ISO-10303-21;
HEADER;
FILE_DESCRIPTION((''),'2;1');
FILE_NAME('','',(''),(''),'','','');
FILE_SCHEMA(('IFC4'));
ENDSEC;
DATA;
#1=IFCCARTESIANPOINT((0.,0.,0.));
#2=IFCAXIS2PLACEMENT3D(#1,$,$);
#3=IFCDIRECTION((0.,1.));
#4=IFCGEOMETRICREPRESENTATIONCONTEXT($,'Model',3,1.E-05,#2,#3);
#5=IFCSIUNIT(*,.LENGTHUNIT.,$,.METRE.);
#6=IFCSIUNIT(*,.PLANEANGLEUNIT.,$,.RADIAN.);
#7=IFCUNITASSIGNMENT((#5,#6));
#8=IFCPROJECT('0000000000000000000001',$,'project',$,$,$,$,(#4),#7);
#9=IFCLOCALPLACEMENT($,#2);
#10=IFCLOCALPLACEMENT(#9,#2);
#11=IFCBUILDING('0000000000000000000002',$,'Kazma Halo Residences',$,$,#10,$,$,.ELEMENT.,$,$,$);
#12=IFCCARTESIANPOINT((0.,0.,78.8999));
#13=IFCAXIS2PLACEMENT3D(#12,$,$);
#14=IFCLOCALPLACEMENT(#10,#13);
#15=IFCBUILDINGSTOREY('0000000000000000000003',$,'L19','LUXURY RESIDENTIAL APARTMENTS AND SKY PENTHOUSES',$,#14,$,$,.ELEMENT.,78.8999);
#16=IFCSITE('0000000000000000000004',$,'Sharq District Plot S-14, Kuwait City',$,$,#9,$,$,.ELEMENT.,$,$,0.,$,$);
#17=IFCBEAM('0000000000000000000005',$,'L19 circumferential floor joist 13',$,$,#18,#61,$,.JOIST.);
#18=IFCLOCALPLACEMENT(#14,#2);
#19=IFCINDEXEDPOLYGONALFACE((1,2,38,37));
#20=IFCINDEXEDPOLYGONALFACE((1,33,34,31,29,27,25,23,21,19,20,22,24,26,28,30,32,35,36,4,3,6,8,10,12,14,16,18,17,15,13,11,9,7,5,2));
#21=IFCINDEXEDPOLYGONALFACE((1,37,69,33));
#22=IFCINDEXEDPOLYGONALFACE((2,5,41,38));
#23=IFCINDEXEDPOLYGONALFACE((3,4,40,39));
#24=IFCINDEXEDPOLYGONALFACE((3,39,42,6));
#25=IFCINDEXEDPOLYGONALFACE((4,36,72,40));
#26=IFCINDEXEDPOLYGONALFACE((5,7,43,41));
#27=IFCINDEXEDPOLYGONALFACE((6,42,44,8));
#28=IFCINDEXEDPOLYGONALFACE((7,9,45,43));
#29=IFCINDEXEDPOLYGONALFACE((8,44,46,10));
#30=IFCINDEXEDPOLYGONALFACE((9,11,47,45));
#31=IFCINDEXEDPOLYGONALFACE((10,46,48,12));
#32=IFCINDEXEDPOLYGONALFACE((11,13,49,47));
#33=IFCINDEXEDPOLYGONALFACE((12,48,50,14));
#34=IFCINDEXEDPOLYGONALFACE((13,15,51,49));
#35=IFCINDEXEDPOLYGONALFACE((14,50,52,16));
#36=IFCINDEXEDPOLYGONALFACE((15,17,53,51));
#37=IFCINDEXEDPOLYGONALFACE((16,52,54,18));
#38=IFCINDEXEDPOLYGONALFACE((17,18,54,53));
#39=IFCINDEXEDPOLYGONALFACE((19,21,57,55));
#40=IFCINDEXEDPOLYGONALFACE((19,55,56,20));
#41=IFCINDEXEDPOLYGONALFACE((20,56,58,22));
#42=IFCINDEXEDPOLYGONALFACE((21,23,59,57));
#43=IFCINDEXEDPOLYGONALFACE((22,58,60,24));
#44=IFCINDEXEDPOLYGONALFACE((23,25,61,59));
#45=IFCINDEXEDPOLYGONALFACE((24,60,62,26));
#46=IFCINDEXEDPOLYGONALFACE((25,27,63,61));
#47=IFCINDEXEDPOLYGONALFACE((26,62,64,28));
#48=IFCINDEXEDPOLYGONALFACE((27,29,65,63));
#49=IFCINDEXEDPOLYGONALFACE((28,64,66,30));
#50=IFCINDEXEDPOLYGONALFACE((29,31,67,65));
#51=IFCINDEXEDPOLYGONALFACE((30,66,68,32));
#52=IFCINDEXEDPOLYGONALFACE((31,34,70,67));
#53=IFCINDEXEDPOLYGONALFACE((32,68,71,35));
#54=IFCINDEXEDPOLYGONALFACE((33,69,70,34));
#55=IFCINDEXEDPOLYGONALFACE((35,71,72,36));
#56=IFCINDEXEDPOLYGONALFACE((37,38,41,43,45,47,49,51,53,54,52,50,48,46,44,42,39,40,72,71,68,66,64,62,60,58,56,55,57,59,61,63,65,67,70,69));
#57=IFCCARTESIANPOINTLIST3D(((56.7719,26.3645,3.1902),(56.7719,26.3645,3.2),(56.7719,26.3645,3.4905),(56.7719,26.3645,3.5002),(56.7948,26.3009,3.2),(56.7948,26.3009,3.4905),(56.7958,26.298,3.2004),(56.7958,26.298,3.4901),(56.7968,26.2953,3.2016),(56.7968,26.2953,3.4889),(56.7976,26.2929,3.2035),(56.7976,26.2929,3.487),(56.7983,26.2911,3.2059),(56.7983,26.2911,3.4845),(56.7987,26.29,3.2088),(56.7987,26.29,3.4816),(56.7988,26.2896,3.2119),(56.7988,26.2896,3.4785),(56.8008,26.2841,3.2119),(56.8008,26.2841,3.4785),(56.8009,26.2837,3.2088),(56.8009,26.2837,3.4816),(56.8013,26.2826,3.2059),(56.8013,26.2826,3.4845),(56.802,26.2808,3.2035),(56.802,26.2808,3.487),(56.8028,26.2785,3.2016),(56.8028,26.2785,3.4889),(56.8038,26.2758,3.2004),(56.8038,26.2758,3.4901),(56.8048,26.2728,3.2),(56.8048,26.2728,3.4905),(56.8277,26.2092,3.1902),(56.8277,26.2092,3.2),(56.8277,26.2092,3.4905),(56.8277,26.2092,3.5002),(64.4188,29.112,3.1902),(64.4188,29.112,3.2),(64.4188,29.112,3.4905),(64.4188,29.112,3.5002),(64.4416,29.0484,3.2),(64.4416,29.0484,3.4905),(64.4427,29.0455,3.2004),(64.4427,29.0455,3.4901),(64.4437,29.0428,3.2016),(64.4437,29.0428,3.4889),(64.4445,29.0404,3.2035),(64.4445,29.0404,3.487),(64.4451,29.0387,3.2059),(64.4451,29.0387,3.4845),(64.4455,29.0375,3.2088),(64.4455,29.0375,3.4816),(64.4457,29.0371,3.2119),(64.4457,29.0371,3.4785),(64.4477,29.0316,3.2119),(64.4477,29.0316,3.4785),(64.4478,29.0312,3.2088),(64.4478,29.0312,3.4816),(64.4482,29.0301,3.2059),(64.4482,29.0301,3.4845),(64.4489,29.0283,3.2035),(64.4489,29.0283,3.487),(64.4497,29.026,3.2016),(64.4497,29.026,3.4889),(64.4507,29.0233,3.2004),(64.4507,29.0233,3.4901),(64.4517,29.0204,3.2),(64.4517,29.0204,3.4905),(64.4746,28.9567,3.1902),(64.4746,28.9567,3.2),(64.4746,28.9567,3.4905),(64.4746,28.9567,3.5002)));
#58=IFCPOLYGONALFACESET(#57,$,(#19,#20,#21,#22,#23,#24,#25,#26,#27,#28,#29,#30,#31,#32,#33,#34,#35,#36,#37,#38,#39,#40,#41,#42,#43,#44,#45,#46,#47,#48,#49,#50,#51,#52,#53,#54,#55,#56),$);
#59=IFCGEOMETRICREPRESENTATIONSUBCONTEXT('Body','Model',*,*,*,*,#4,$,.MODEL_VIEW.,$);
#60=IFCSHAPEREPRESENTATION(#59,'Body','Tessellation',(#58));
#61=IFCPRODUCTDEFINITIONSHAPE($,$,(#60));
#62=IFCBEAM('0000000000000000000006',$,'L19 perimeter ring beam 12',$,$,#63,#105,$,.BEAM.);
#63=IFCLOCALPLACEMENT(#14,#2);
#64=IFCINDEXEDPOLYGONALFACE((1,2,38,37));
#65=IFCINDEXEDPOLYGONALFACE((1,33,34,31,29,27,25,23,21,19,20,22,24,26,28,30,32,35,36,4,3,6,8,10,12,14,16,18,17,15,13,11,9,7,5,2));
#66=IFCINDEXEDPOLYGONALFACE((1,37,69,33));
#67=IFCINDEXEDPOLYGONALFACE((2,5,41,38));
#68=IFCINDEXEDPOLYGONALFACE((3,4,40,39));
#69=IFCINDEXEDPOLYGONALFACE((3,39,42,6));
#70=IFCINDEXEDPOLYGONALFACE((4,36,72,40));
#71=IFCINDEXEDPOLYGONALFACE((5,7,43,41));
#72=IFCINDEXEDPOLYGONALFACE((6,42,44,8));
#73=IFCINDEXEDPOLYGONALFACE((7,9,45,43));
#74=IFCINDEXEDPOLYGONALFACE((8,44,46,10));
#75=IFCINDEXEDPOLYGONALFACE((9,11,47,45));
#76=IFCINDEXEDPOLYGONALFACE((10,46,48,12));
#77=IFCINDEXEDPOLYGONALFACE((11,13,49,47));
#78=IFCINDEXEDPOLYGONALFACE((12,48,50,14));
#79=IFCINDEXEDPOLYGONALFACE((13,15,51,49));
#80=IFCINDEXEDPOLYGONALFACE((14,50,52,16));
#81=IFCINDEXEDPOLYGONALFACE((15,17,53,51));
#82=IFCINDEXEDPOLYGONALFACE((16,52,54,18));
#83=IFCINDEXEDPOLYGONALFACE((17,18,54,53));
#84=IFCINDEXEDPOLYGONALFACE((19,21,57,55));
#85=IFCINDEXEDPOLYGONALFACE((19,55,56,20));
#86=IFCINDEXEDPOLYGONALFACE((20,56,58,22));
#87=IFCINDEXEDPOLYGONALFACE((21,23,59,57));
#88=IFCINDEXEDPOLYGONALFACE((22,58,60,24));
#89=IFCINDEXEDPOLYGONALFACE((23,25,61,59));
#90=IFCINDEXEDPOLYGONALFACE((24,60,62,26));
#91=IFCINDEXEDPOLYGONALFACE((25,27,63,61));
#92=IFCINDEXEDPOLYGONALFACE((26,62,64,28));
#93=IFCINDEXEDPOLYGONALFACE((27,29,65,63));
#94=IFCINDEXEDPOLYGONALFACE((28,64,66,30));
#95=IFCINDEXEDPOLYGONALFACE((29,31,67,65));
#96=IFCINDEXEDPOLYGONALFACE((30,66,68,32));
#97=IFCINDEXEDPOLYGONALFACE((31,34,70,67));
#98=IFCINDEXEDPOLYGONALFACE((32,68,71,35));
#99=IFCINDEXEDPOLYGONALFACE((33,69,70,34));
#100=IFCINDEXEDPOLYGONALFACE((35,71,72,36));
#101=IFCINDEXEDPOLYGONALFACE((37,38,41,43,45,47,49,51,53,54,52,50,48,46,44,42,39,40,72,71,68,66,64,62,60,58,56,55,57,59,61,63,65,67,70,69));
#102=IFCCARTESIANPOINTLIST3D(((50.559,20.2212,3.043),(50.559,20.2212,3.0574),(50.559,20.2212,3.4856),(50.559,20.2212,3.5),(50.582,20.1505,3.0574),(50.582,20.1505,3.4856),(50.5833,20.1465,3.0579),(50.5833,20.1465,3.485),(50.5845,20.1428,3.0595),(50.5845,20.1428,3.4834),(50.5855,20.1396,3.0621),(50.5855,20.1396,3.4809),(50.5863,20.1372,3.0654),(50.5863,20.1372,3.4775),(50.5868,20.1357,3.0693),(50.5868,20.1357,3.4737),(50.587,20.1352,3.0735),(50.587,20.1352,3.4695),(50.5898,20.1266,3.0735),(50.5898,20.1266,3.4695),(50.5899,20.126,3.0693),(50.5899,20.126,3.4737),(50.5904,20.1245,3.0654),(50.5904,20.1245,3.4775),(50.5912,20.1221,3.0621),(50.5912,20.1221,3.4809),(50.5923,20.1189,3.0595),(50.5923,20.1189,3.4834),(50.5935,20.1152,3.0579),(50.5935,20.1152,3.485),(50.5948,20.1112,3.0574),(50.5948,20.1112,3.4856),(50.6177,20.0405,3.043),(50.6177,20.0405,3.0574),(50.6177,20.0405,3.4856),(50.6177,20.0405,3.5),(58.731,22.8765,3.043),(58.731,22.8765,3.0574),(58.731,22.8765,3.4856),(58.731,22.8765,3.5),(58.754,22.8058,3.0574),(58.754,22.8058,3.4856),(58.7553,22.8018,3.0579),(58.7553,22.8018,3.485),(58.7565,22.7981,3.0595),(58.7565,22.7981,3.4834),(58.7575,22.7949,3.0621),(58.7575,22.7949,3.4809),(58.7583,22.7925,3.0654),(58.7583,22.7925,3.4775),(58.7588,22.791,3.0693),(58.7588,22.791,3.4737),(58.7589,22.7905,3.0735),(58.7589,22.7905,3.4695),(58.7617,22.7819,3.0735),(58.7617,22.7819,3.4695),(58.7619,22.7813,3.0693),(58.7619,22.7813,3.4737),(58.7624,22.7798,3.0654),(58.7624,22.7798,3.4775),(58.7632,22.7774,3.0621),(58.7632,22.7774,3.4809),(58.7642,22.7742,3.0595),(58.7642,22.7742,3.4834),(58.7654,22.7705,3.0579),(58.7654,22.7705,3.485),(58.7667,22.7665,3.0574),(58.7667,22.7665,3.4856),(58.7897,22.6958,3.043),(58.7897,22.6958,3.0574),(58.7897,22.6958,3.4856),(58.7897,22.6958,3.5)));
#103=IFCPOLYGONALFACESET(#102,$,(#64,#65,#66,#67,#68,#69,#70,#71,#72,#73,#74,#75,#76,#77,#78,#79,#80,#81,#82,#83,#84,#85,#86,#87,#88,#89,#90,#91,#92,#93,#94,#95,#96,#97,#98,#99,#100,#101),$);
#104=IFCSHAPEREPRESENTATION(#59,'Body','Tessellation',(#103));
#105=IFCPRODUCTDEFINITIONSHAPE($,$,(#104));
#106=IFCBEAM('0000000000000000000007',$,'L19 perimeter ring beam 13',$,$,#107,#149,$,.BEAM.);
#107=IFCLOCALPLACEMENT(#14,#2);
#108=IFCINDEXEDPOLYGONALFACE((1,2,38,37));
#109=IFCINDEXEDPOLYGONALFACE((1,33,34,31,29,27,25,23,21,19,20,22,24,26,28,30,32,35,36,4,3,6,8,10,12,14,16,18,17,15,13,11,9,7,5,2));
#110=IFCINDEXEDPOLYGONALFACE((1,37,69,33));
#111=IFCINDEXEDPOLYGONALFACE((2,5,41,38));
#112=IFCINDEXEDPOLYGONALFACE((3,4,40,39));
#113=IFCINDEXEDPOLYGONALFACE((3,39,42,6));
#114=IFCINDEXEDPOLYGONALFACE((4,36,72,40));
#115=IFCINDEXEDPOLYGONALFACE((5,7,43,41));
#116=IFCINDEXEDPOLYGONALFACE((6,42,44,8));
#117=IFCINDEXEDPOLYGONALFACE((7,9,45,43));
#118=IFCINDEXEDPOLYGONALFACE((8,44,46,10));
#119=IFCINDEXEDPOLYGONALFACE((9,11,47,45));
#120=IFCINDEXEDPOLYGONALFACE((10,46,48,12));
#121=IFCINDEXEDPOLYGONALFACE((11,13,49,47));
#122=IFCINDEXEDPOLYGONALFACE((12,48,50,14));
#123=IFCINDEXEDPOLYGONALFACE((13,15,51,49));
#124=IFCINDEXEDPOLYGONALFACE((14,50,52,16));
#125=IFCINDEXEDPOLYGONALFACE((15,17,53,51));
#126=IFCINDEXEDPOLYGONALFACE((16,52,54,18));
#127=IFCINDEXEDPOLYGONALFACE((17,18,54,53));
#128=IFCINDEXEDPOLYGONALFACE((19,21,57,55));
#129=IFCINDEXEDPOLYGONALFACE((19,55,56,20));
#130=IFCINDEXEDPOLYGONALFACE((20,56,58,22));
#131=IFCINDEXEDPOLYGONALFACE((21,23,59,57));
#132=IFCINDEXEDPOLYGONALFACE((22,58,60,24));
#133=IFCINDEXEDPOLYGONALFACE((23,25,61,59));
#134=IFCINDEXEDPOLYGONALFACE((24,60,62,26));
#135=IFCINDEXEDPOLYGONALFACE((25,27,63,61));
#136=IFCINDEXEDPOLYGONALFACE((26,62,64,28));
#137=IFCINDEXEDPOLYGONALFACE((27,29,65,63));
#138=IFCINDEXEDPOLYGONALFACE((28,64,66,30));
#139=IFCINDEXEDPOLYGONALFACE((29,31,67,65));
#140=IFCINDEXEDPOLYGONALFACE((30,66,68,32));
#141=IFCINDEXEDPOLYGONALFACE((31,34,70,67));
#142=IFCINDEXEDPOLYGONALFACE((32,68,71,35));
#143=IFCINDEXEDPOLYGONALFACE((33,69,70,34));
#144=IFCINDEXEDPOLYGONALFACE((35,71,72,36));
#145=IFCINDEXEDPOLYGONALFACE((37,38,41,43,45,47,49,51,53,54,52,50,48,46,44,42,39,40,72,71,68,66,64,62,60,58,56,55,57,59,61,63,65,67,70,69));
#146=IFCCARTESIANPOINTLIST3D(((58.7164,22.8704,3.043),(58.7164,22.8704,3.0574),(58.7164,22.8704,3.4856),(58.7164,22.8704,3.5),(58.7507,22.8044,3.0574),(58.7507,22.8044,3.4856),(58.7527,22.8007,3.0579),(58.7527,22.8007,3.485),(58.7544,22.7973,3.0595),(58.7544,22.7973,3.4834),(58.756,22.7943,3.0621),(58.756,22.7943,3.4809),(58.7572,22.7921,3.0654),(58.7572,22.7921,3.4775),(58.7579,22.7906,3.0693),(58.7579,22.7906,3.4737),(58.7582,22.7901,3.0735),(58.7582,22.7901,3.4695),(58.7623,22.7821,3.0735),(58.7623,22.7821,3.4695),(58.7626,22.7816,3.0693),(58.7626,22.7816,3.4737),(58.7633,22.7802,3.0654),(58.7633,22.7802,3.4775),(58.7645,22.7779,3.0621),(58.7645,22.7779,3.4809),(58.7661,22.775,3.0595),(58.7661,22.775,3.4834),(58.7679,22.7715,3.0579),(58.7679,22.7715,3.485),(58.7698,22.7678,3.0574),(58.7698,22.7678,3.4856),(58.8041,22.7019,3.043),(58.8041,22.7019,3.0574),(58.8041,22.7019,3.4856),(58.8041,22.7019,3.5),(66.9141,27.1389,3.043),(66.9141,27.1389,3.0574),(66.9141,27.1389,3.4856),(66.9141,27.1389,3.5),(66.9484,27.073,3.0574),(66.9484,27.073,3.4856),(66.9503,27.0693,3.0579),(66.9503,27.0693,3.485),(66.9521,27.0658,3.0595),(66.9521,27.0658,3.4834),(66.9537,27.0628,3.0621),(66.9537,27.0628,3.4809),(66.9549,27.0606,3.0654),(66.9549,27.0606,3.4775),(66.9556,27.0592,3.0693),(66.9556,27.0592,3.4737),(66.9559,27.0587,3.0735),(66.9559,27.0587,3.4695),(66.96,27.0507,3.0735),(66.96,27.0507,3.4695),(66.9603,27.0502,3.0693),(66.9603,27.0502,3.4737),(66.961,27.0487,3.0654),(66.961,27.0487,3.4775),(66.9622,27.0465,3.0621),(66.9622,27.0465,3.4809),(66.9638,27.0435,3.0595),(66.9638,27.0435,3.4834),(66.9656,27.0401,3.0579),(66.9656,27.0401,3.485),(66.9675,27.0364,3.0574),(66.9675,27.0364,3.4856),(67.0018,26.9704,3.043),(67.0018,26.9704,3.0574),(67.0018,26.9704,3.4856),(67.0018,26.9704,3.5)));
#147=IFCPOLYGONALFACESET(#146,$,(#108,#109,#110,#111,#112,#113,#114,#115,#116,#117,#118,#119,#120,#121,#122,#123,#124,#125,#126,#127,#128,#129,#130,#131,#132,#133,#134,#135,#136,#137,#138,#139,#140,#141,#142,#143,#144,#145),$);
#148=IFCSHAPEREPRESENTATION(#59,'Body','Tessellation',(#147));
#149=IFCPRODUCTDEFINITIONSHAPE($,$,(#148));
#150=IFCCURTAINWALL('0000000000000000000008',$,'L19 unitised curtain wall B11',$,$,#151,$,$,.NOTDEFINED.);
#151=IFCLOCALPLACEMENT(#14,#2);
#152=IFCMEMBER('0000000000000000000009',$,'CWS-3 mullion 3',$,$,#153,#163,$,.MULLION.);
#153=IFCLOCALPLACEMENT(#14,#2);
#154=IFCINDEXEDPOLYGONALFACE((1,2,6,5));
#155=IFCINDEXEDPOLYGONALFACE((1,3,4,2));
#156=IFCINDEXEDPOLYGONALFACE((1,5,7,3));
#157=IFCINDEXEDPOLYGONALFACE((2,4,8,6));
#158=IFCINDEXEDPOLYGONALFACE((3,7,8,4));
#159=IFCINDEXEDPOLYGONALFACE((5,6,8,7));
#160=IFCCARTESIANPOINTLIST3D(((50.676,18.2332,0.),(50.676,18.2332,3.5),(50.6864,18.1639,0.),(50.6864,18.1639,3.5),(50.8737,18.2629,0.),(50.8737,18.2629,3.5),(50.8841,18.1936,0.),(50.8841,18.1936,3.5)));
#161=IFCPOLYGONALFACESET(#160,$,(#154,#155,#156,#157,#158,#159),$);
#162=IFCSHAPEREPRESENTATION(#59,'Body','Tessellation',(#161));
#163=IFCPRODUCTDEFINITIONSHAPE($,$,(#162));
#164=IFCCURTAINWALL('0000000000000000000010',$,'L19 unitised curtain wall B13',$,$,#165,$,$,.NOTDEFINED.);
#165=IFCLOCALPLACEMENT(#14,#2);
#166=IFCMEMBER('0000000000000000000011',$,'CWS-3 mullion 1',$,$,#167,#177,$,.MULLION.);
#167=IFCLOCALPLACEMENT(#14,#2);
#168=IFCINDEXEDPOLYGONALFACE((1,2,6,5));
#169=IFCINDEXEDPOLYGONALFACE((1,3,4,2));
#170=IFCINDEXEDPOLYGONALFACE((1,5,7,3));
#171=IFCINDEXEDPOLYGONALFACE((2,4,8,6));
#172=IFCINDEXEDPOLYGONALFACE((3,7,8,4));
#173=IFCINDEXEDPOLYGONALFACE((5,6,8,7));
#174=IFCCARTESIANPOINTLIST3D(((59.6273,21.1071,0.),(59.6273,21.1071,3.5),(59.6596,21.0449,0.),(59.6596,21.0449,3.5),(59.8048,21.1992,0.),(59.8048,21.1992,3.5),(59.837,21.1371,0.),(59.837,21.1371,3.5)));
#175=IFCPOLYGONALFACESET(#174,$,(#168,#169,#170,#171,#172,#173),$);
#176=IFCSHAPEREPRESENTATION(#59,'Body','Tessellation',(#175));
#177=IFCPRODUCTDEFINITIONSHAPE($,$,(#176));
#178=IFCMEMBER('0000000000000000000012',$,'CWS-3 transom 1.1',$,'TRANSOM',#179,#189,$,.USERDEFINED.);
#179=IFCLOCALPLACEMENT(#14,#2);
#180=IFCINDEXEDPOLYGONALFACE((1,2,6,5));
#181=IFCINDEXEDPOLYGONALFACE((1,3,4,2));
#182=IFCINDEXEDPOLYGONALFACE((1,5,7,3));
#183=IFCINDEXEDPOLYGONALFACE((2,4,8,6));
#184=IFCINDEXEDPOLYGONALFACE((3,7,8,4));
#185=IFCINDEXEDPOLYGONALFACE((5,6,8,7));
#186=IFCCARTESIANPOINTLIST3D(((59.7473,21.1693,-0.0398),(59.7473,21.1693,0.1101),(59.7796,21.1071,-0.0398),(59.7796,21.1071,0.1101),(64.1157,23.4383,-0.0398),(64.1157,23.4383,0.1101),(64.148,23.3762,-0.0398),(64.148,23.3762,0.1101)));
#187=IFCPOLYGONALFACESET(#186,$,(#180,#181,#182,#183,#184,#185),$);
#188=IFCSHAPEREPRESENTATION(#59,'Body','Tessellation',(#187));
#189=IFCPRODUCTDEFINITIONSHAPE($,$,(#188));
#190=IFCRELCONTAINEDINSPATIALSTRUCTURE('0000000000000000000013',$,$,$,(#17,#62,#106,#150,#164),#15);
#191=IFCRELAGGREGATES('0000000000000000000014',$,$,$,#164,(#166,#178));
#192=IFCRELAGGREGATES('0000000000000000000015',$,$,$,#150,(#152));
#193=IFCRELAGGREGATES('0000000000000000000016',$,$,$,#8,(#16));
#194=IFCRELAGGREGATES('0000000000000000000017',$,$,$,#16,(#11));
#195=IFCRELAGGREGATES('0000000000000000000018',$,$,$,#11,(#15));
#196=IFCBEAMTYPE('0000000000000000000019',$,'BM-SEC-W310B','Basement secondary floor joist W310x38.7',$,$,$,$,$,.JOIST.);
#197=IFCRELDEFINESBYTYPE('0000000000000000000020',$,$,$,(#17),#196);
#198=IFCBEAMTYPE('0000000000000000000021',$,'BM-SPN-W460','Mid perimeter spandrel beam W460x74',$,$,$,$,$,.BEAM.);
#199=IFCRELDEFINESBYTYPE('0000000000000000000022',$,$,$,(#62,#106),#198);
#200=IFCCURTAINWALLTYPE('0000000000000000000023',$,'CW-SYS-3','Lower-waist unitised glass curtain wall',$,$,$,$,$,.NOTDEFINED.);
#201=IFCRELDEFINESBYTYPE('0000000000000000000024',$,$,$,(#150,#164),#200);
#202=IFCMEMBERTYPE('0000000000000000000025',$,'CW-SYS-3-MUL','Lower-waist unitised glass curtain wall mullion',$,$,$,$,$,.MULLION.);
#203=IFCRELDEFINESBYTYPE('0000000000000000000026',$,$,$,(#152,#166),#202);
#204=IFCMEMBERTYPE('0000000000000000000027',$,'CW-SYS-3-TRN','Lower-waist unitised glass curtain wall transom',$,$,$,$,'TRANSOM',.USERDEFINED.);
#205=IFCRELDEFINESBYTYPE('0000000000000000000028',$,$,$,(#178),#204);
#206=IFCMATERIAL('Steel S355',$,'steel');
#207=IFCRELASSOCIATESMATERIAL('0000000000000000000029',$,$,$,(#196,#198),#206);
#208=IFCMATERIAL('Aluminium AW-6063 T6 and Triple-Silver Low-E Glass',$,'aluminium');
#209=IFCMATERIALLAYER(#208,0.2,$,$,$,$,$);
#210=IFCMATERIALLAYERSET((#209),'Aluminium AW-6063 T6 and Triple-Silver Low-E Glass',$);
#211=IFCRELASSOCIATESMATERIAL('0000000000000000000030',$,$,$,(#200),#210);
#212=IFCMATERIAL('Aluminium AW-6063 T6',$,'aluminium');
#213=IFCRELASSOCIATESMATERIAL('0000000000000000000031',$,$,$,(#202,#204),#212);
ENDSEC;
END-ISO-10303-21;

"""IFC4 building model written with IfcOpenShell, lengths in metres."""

from ifc_helpers import new_model, si_unit, direction, frame, origin, origin_2d, place, context, subcontext, project, spatial, rectangle, i_section, extrude, material, layer, layer_set, material_profile, profile_set, type_object, element, aggregate, save


model = new_model("IFC4")

# Units and contexts
model_context = context("Model", 3, precision=1e-05, world=origin(), true_north=direction((0.0, 1.0)))
body_context = subcontext(model_context, "Body", "Model", "MODEL_VIEW")
ifc_project = project(units=[si_unit("LENGTHUNIT", "METRE"), si_unit("PLANEANGLEUNIT", "RADIAN")], contexts=[model_context])

# Site, building, storey
site_placement = place(None, origin())
site = spatial("IfcSite", under=ifc_project, at=site_placement, Name="Sharq District Plot S-14, Kuwait City", CompositionType="ELEMENT", RefElevation=0.0)
building_placement = place(site_placement, origin())
building = spatial("IfcBuilding", under=site, at=building_placement, Name="Kazma Halo Residences", CompositionType="ELEMENT")
storey_placement = place(building_placement, frame((0.0, 0.0, 78.8999)))
storey = spatial("IfcBuildingStorey", under=building, at=storey_placement, Name="L19", Description="LUXURY RESIDENTIAL APARTMENTS AND SKY PENTHOUSES", CompositionType="ELEMENT", Elevation=78.8999)

# Beams
ifc_material_1 = material(Name="Steel S355", Category="steel")
ifc_material_profile_1 = material_profile(ifc_material_1, i_section(OverallWidth=0.165, OverallDepth=0.3101, WebThickness=0.0059, FlangeThickness=0.0098, FilletRadius=0.012, at=origin_2d()), Name="W310x38.7")
ifc_profile_set_1 = profile_set([ifc_material_profile_1], Name="Steel S355")
beam_type_1 = type_object("IfcBeamType", Name="BM-SEC-W310B", Description="Basement secondary floor joist W310x38.7", PredefinedType="JOIST", material=ifc_profile_set_1)
beam_1_placement = place(storey_placement, frame((56.7998, 26.2869, 3.3452), z_axis=(0.941097, 0.338136, 0.0), x_axis=(-0.338136, 0.941097, 0.0)))
element("IfcBeam", 1, at=beam_1_placement, inside=storey, type_object=beam_type_1, Name="L19 circumferential floor joist 13", PredefinedType="JOIST", context=body_context, shape_type="SweptSolid", body=[
    extrude(i_section(OverallWidth=0.165, OverallDepth=0.3101, WebThickness=0.0059, FlangeThickness=0.0098, FilletRadius=0.012, at=origin_2d()), origin(), (0.0, 0.0, 1.0), 8.1255),
])
ifc_material_profile_2 = material_profile(ifc_material_1, i_section(OverallWidth=0.1899, OverallDepth=0.457, WebThickness=0.009, FlangeThickness=0.0144, FilletRadius=0.0161, at=origin_2d()), Name="W460x74")
ifc_profile_set_2 = profile_set([ifc_material_profile_2], Name="Steel S355")
beam_type_2 = type_object("IfcBeamType", Name="BM-SPN-W460", Description="Mid perimeter spandrel beam W460x74", PredefinedType="BEAM", material=ifc_profile_set_2)
beam_2_placement = place(storey_placement, frame((50.5884, 20.1309, 3.2715), z_axis=(0.951054, 0.309024, 0.0), x_axis=(-0.309024, 0.951054, 0.0)))
element("IfcBeam", 2, at=beam_2_placement, inside=storey, type_object=beam_type_2, Name="L19 perimeter ring beam 12", PredefinedType="BEAM", context=body_context, shape_type="SweptSolid", body=[
    extrude(i_section(OverallWidth=0.1899, OverallDepth=0.457, WebThickness=0.009, FlangeThickness=0.0144, FilletRadius=0.0161, at=origin_2d()), origin(), (0.0, 0.0, 1.0), 8.5925),
])
beam_3_placement = place(storey_placement, frame((58.7603, 22.7861, 3.2715), z_axis=(0.886963, 0.46184, 0.0), x_axis=(-0.46184, 0.886963, 0.0)))
element("IfcBeam", 3, at=beam_3_placement, inside=storey, type_object=beam_type_2, Name="L19 perimeter ring beam 13", PredefinedType="BEAM", context=body_context, shape_type="SweptSolid", body=[
    extrude(i_section(OverallWidth=0.1899, OverallDepth=0.457, WebThickness=0.009, FlangeThickness=0.0144, FilletRadius=0.0161, at=origin_2d()), origin(), (0.0, 0.0, 1.0), 9.2424),
])

# Curtain wall, member
ifc_material_2 = material(Name="Aluminium AW-6063 T6 and Triple-Silver Low-E Glass", Category="aluminium")
ifc_layer_1 = layer(ifc_material_2, 0.2)
ifc_layer_set_1 = layer_set([ifc_layer_1], Name="Aluminium AW-6063 T6 and Triple-Silver Low-E Glass")
curtain_wall_type = type_object("IfcCurtainWallType", Name="CW-SYS-3", Description="Lower-waist unitised glass curtain wall", PredefinedType="NOTDEFINED", material=ifc_layer_set_1)
curtain_wall_1_placement = place(storey_placement, origin())
curtain_wall_1 = element("IfcCurtainWall", 4, at=curtain_wall_1_placement, inside=storey, type_object=curtain_wall_type, Name="L19 unitised curtain wall B11", PredefinedType="NOTDEFINED")
ifc_material_3 = material(Name="Aluminium AW-6063 T6", Category="aluminium")
ifc_material_profile_3 = material_profile(ifc_material_3, rectangle(XDim=0.0701, YDim=0.2, at=origin_2d()), Name="CWM-70x200")
ifc_profile_set_3 = profile_set([ifc_material_profile_3], Name="Aluminium AW-6063 T6")
member_type_1 = type_object("IfcMemberType", Name="CW-SYS-3-MUL", Description="Lower-waist unitised glass curtain wall mullion", PredefinedType="MULLION", material=ifc_profile_set_3)
member_1_placement = place(storey_placement, frame((50.78, 18.2134, 0.0), z_axis=(0.0, 0.0, 1.0), x_axis=(-0.148717, 0.98888, 0.0)))
member_1 = element("IfcMember", 5, at=member_1_placement, type_object=member_type_1, Name="CWS-3 mullion 3", PredefinedType="MULLION", context=body_context, shape_type="SweptSolid", body=[
    extrude(rectangle(XDim=0.0701, YDim=0.2, at=origin_2d()), origin(), (0.0, 0.0, 1.0), 3.5),
])

# Curtain wall, members
curtain_wall_2_placement = place(storey_placement, origin())
curtain_wall_2 = element("IfcCurtainWall", 6, at=curtain_wall_2_placement, inside=storey, type_object=curtain_wall_type, Name="L19 unitised curtain wall B13", PredefinedType="NOTDEFINED")
member_2_placement = place(storey_placement, frame((59.7322, 21.1221, 0.0), z_axis=(0.0, 0.0, 1.0), x_axis=(-0.460932, 0.887435, 0.0)))
member_2 = element("IfcMember", 7, at=member_2_placement, type_object=member_type_1, Name="CWS-3 mullion 1", PredefinedType="MULLION", context=body_context, shape_type="SweptSolid", body=[
    extrude(rectangle(XDim=0.0701, YDim=0.2, at=origin_2d()), origin(), (0.0, 0.0, 1.0), 3.5),
])
ifc_material_profile_4 = material_profile(ifc_material_3, rectangle(XDim=0.0701, YDim=0.1499, at=origin_2d()), Name="CWT-70x150")
ifc_profile_set_4 = profile_set([ifc_material_profile_4], Name="Aluminium AW-6063 T6")
member_type_2 = type_object("IfcMemberType", Name="CW-SYS-3-TRN", Description="Lower-waist unitised glass curtain wall transom", ElementType="TRANSOM", PredefinedType="USERDEFINED", material=ifc_profile_set_4)
member_3_placement = place(storey_placement, frame((59.7634, 21.1382, 0.0352), z_axis=(0.887427, 0.460948, 0.0), x_axis=(-0.460948, 0.887427, 0.0)))
member_3 = element("IfcMember", 8, at=member_3_placement, type_object=member_type_2, Name="CWS-3 transom 1.1", ObjectType="TRANSOM", PredefinedType="USERDEFINED", context=body_context, shape_type="SweptSolid", body=[
    extrude(rectangle(XDim=0.0701, YDim=0.1499, at=origin_2d()), origin(), (0.0, 0.0, 1.0), 4.9226),
])
aggregate(curtain_wall_2, [member_2, member_3])

aggregate(curtain_wall_1, [member_1])

save(model, "model.ifc")
